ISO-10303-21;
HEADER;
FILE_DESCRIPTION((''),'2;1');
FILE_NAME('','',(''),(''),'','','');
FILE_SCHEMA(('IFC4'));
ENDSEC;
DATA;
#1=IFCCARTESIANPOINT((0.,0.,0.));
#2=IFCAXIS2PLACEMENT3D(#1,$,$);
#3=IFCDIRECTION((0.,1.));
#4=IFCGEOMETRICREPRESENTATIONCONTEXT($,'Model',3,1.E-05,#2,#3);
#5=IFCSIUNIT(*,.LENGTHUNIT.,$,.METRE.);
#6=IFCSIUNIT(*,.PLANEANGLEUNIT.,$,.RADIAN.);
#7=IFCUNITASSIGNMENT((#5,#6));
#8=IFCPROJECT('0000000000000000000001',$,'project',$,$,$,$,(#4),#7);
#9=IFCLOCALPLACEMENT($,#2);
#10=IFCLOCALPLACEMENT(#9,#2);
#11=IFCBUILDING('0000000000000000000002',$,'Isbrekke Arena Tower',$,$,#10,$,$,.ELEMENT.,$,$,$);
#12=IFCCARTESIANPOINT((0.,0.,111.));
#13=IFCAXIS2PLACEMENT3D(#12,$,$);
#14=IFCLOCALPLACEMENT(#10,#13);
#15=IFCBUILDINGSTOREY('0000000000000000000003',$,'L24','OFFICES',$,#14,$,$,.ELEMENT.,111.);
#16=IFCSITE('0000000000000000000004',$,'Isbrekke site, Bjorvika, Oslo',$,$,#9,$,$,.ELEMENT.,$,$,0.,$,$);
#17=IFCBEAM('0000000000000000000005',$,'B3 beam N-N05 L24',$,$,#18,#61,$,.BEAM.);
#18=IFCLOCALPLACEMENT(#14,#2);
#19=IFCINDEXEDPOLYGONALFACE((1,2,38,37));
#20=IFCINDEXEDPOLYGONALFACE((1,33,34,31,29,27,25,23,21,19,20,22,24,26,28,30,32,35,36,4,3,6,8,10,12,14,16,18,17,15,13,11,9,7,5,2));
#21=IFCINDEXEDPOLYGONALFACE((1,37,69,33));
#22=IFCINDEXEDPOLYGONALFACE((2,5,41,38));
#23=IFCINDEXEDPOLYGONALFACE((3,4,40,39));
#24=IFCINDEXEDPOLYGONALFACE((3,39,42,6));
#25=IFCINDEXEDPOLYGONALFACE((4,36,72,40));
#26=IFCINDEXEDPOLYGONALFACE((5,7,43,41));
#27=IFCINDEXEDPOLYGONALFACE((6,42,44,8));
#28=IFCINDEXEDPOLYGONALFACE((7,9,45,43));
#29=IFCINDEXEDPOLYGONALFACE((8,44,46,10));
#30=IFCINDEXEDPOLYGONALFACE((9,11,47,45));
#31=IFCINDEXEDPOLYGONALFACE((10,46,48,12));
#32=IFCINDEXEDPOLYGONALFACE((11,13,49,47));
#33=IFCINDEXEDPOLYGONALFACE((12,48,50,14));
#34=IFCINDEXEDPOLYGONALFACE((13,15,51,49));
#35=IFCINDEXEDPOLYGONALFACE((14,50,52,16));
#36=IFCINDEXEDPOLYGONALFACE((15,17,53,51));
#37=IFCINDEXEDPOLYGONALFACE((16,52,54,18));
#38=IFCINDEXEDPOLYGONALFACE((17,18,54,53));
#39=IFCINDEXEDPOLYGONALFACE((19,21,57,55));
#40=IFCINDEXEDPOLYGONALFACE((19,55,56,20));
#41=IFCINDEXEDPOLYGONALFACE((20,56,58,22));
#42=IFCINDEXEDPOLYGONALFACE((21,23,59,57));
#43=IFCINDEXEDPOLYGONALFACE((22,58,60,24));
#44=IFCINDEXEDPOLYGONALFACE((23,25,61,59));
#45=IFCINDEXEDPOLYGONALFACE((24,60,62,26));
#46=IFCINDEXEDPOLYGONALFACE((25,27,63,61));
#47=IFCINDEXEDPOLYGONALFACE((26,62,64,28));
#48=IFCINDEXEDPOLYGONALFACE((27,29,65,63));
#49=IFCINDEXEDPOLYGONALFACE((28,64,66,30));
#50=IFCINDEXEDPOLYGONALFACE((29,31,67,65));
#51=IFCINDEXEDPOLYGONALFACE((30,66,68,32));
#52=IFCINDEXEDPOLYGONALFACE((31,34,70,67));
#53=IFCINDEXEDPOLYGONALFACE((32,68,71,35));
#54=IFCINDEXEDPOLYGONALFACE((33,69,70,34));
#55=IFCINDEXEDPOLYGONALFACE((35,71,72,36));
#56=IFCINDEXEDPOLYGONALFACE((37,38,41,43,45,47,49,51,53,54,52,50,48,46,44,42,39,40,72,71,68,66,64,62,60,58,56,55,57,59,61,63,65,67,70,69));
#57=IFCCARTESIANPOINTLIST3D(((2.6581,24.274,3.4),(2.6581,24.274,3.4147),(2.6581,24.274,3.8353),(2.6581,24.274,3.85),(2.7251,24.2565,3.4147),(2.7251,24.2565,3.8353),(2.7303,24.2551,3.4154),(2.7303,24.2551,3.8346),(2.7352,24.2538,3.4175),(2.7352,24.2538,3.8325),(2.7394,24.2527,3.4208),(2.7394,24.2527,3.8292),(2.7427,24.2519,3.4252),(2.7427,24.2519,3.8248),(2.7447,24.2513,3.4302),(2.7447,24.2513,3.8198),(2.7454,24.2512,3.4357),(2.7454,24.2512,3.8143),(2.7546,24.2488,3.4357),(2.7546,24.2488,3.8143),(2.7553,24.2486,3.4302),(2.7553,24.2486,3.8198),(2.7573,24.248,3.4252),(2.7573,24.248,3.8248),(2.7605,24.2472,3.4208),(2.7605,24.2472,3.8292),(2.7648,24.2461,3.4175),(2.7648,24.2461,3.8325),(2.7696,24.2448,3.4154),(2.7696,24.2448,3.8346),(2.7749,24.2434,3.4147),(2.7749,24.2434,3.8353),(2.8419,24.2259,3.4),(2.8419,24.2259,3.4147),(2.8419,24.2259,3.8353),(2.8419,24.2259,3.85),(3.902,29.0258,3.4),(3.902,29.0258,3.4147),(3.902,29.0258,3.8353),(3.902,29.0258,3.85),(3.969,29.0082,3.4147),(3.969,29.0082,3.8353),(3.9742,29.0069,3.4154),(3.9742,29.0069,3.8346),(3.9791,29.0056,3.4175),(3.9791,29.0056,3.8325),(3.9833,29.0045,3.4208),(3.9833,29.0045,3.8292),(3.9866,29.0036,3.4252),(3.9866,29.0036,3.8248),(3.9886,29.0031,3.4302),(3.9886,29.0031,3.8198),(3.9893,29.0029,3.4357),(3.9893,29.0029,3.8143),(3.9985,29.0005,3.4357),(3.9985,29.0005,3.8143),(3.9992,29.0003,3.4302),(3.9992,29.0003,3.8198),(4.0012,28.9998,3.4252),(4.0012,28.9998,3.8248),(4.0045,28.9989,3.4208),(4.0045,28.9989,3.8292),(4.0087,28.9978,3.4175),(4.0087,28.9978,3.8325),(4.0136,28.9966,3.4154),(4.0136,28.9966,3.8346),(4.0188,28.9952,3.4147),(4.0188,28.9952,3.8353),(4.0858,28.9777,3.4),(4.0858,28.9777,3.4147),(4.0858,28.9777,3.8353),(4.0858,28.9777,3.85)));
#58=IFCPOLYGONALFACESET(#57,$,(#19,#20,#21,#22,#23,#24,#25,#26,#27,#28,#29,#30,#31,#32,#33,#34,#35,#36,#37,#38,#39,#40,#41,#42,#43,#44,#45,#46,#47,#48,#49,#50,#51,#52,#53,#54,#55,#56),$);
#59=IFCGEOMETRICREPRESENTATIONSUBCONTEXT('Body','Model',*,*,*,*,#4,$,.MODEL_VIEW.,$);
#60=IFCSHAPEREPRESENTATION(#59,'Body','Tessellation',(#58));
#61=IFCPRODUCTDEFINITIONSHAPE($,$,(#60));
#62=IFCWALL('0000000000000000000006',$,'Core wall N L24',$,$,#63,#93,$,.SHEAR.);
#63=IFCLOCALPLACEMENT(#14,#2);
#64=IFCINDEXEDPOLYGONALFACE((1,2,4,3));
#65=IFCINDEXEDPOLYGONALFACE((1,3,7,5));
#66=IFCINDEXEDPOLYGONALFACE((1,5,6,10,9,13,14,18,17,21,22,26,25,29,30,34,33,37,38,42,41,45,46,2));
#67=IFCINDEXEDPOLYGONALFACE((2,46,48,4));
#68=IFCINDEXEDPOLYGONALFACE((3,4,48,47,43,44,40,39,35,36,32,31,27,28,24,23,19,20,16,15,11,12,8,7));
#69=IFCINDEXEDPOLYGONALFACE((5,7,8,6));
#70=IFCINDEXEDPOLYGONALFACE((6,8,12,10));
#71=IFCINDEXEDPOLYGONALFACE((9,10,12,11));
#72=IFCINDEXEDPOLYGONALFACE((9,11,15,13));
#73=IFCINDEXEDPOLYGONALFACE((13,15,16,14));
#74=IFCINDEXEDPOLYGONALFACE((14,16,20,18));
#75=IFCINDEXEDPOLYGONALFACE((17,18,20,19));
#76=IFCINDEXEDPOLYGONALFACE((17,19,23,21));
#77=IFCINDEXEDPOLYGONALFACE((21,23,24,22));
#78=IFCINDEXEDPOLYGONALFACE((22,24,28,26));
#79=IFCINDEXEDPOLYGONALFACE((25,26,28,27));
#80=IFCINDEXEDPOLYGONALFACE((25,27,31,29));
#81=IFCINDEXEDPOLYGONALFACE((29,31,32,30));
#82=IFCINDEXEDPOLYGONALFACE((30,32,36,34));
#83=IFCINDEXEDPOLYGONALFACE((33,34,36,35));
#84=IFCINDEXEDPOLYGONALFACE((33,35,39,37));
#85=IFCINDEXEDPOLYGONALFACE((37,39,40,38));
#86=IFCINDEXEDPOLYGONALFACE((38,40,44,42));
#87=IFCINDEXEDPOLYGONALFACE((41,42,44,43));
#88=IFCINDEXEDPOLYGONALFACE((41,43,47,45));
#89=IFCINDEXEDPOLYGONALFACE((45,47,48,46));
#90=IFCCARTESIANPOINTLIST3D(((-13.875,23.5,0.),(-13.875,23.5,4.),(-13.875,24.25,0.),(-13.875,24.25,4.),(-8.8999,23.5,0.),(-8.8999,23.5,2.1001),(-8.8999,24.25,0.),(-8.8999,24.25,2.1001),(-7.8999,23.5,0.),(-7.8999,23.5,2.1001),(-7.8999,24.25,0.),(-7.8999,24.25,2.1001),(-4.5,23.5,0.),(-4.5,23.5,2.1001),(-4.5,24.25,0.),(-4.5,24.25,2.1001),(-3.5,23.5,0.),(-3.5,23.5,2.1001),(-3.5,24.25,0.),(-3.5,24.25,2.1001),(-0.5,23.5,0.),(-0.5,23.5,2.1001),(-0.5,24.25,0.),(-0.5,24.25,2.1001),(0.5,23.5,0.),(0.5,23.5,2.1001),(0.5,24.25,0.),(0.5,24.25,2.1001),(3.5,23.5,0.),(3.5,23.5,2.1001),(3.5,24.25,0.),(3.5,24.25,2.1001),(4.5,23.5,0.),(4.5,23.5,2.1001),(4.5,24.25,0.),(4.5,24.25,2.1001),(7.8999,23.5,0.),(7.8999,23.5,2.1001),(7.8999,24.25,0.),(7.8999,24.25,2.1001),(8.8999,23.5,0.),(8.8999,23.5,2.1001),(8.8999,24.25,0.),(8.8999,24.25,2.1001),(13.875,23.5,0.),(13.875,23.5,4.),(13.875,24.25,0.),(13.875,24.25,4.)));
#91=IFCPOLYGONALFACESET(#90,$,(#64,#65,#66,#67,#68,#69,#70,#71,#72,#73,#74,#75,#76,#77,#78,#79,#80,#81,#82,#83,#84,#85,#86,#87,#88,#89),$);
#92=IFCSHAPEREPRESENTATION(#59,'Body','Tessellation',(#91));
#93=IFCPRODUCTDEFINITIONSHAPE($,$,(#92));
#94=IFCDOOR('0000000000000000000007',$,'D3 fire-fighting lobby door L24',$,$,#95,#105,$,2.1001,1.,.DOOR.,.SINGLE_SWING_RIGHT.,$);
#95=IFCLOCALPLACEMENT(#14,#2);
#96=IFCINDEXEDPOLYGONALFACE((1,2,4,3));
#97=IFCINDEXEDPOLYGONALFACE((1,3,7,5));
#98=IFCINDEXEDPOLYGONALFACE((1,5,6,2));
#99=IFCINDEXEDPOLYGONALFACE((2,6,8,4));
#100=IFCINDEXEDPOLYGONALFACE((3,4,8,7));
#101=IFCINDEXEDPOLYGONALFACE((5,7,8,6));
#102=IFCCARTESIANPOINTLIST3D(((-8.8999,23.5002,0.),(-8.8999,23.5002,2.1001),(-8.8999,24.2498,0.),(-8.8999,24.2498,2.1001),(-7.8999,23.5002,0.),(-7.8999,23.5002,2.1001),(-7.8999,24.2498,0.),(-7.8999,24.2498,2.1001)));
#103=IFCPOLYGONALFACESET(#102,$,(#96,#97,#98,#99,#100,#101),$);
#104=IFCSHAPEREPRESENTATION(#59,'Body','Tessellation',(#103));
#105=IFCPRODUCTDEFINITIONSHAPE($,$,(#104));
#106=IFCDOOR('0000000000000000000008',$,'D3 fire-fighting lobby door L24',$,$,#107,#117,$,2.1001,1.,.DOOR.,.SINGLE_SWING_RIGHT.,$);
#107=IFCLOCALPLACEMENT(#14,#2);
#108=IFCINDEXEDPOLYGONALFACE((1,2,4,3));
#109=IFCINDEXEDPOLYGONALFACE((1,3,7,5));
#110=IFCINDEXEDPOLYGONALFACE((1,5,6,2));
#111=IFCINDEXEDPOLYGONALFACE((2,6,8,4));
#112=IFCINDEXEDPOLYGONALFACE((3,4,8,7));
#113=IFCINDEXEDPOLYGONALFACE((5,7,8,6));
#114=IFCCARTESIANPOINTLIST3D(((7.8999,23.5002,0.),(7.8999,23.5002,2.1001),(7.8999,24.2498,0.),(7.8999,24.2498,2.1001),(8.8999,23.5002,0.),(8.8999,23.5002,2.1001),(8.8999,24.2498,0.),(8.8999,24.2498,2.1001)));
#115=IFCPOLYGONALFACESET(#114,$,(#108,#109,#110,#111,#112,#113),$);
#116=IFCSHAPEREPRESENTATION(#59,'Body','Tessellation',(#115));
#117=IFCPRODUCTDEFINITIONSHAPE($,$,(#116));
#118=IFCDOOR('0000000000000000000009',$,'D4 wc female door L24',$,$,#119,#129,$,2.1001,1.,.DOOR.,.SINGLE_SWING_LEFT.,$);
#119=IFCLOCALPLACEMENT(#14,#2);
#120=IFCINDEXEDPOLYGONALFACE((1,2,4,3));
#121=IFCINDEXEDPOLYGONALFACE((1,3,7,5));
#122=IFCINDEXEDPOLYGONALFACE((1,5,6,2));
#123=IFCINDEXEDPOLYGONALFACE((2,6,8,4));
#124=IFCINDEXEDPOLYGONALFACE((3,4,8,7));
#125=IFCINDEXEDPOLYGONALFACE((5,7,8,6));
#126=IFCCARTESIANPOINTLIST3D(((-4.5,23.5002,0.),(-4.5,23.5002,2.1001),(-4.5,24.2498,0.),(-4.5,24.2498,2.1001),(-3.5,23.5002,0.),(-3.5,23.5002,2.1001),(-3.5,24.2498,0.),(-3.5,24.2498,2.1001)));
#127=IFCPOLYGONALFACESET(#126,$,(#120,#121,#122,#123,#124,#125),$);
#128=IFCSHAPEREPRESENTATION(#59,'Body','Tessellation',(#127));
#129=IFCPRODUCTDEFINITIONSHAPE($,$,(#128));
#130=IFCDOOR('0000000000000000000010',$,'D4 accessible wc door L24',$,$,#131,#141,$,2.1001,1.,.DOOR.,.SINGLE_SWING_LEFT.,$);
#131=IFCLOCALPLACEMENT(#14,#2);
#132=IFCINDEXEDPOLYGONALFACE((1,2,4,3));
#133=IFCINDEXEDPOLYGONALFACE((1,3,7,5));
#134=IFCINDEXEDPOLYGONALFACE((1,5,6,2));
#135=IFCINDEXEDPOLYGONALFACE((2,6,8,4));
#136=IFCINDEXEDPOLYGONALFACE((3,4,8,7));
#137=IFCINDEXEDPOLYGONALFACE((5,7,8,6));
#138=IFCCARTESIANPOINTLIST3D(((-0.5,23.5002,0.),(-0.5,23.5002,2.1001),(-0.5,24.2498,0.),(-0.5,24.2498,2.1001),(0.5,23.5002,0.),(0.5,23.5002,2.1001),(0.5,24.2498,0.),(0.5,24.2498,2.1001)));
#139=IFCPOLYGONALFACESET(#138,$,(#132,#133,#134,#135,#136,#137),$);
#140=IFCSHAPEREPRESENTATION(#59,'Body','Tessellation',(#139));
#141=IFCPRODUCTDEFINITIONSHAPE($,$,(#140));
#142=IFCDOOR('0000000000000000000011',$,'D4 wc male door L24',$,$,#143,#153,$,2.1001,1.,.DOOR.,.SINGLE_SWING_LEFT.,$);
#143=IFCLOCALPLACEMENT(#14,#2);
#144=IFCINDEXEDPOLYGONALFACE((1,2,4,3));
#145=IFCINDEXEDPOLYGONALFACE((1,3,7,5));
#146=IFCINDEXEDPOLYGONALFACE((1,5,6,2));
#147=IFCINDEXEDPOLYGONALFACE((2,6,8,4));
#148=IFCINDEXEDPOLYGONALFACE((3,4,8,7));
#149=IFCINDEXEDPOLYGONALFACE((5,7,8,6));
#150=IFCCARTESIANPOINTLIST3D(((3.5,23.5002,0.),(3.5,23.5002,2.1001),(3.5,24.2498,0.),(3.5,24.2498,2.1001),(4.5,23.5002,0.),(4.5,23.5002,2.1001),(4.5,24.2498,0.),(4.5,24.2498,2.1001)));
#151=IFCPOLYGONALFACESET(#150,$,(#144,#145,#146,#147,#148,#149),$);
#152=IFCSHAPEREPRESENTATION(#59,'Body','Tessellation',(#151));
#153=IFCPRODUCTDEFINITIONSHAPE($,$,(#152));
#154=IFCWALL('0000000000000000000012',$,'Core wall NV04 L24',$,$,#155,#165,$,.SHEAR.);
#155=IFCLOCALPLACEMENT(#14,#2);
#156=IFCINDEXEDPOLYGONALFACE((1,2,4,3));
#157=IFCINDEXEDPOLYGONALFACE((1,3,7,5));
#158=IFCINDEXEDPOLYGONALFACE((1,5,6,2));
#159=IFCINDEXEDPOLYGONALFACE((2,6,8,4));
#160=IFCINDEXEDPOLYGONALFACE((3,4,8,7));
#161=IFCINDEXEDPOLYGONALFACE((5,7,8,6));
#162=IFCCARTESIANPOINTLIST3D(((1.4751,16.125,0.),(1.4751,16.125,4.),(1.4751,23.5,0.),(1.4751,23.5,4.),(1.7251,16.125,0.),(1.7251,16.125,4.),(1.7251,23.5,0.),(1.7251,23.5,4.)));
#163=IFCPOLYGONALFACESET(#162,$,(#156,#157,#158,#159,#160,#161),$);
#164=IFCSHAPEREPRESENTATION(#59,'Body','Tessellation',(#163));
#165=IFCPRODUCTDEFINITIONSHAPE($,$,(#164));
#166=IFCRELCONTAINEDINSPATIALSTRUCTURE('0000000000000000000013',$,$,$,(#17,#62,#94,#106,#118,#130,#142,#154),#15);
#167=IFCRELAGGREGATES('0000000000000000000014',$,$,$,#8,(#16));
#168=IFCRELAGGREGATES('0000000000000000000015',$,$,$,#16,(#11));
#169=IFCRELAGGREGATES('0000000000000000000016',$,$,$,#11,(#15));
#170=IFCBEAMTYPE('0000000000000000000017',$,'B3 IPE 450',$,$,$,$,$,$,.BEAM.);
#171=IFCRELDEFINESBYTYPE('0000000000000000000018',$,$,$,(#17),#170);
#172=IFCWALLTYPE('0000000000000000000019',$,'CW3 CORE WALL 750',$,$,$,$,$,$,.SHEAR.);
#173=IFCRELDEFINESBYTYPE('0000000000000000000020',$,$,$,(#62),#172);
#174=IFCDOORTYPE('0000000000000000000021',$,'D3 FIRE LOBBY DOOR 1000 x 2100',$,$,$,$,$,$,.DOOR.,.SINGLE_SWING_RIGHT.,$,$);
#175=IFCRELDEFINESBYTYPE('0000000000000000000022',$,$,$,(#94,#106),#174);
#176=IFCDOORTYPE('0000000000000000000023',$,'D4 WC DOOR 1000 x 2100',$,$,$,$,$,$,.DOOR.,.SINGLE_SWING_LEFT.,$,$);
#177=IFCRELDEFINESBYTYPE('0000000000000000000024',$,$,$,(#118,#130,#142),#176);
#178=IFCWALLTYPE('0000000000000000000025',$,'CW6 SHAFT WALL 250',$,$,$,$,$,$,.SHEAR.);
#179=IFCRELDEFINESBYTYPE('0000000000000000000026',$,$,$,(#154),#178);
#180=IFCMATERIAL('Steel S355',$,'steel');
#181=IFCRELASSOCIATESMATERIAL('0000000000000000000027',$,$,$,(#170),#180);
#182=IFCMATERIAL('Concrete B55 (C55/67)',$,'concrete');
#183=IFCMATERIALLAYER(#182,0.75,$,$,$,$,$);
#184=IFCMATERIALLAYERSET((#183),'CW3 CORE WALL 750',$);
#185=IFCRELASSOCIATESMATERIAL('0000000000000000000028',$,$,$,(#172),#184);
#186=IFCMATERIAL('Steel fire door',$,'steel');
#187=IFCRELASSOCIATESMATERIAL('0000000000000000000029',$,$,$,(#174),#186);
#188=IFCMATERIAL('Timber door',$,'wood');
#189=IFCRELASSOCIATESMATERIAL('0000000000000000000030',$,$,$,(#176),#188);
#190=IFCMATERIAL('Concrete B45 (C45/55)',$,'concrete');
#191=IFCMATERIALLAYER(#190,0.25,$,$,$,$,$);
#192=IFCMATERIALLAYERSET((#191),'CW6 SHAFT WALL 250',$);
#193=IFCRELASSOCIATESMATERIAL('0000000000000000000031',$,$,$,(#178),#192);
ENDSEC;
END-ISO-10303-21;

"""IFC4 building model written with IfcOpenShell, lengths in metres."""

from ifc_helpers import new_model, si_unit, direction, frame, frame_2d, origin, origin_2d, place, context, subcontext, project, spatial, rectangle, i_section, extrude, material, layer, layer_set, material_profile, profile_set, type_object, element, fill, save


model = new_model("IFC4")

# Units and contexts
model_context = context("Model", 3, precision=1e-05, world=origin(), true_north=direction((0.0, 1.0)))
body_context = subcontext(model_context, "Body", "Model", "MODEL_VIEW")
ifc_project = project(units=[si_unit("LENGTHUNIT", "METRE"), si_unit("PLANEANGLEUNIT", "RADIAN")], contexts=[model_context])

# Site, building, storey
site_placement = place(None, origin())
site = spatial("IfcSite", under=ifc_project, at=site_placement, Name="Isbrekke site, Bjorvika, Oslo", CompositionType="ELEMENT", RefElevation=0.0)
building_placement = place(site_placement, origin())
building = spatial("IfcBuilding", under=site, at=building_placement, Name="Isbrekke Arena Tower", CompositionType="ELEMENT")
storey_placement = place(building_placement, frame((0.0, 0.0, 111.0)))
storey = spatial("IfcBuildingStorey", under=building, at=storey_placement, Name="L24", Description="OFFICES", CompositionType="ELEMENT", Elevation=111.0)

# Beam
ifc_material_1 = material(Name="Steel S355", Category="steel")
ifc_material_profile = material_profile(ifc_material_1, i_section(OverallWidth=0.1899, OverallDepth=0.45, WebThickness=0.0095, FlangeThickness=0.0146, FilletRadius=0.021, at=origin_2d()), Name="IPE 450")
ifc_profile_set = profile_set([ifc_material_profile], Name="Steel S355")
beam_type = type_object("IfcBeamType", Name="B3 IPE 450", PredefinedType="BEAM", material=ifc_profile_set)
beam_placement = place(storey_placement, frame((3.9939, 29.0017, 3.625), z_axis=(-0.253245, -0.967402, 0.0), x_axis=(0.967402, -0.253245, 0.0)))
element("IfcBeam", 1, at=beam_placement, inside=storey, type_object=beam_type, Name="B3 beam N-N05 L24", PredefinedType="BEAM", context=body_context, shape_type="SweptSolid", body=[
    extrude(i_section(OverallWidth=0.1899, OverallDepth=0.45, WebThickness=0.0095, FlangeThickness=0.0146, FilletRadius=0.021, at=origin_2d()), origin(), (0.0, 0.0, 1.0), 4.9119),
])

# Wall, openings, doors
ifc_material_2 = material(Name="Concrete B55 (C55/67)", Category="concrete")
ifc_layer_1 = layer(ifc_material_2, 0.75)
ifc_layer_set_1 = layer_set([ifc_layer_1], Name="CW3 CORE WALL 750")
wall_type_1 = type_object("IfcWallType", Name="CW3 CORE WALL 750", PredefinedType="SHEAR", material=ifc_layer_set_1)
wall_1_placement = place(storey_placement, frame((13.875, 23.875, 0.0), z_axis=(0.0, 0.0, 1.0), x_axis=(-1.0, 0.0, 0.0)))
wall_1 = element("IfcWall", 2, at=wall_1_placement, inside=storey, type_object=wall_type_1, Name="Core wall N L24", PredefinedType="SHEAR", context=body_context, shape_type="SweptSolid", body=[
    extrude(rectangle(XDim=27.75, YDim=0.75, at=frame_2d((13.875, 0.0))), origin(), (0.0, 0.0, 1.0), 4.0),
])
opening_1_placement = place(wall_1_placement, frame((21.7749, 0.0, 0.0)))
opening_1 = element("IfcOpeningElement", 3, at=opening_1_placement, cuts=wall_1, PredefinedType="OPENING", context=body_context, shape_type="SweptSolid", body=[
    extrude(rectangle(XDim=1.0, YDim=2.1001, at=frame_2d((0.5, 1.05))), frame((0.0, 0.3899, 0.0), z_axis=(0.0, -1.0, 0.0), x_axis=(1.0, 0.0, 0.0)), (0.0, 0.0, 1.0), 0.7798),
])
opening_2_placement = place(wall_1_placement, frame((4.9751, 0.0, 0.0)))
opening_2 = element("IfcOpeningElement", 4, at=opening_2_placement, cuts=wall_1, PredefinedType="OPENING", context=body_context, shape_type="SweptSolid", body=[
    extrude(rectangle(XDim=1.0, YDim=2.1001, at=frame_2d((0.5, 1.05))), frame((0.0, 0.3899, 0.0), z_axis=(0.0, -1.0, 0.0), x_axis=(1.0, 0.0, 0.0)), (0.0, 0.0, 1.0), 0.7798),
])
opening_3_placement = place(wall_1_placement, frame((17.375, 0.0, 0.0)))
opening_3 = element("IfcOpeningElement", 5, at=opening_3_placement, cuts=wall_1, PredefinedType="OPENING", context=body_context, shape_type="SweptSolid", body=[
    extrude(rectangle(XDim=1.0, YDim=2.1001, at=frame_2d((0.5, 1.05))), frame((0.0, 0.3899, 0.0), z_axis=(0.0, -1.0, 0.0), x_axis=(1.0, 0.0, 0.0)), (0.0, 0.0, 1.0), 0.7798),
])
opening_4_placement = place(wall_1_placement, frame((13.375, 0.0, 0.0)))
opening_4 = element("IfcOpeningElement", 6, at=opening_4_placement, cuts=wall_1, PredefinedType="OPENING", context=body_context, shape_type="SweptSolid", body=[
    extrude(rectangle(XDim=1.0, YDim=2.1001, at=frame_2d((0.5, 1.05))), frame((0.0, 0.3899, 0.0), z_axis=(0.0, -1.0, 0.0), x_axis=(1.0, 0.0, 0.0)), (0.0, 0.0, 1.0), 0.7798),
])
opening_5_placement = place(wall_1_placement, frame((9.375, 0.0, 0.0)))
opening_5 = element("IfcOpeningElement", 7, at=opening_5_placement, cuts=wall_1, PredefinedType="OPENING", context=body_context, shape_type="SweptSolid", body=[
    extrude(rectangle(XDim=1.0, YDim=2.1001, at=frame_2d((0.5, 1.05))), frame((0.0, 0.3899, 0.0), z_axis=(0.0, -1.0, 0.0), x_axis=(1.0, 0.0, 0.0)), (0.0, 0.0, 1.0), 0.7798),
])
ifc_material_3 = material(Name="Steel fire door", Category="steel")
door_type_1 = type_object("IfcDoorType", Name="D3 FIRE LOBBY DOOR 1000 x 2100", OperationType="SINGLE_SWING_RIGHT", PredefinedType="DOOR", material=ifc_material_3)
door_1_placement = place(opening_1_placement, origin())
door_1 = element("IfcDoor", 8, at=door_1_placement, inside=storey, type_object=door_type_1, Name="D3 fire-fighting lobby door L24", OperationType="SINGLE_SWING_RIGHT", OverallHeight=2.1001, OverallWidth=1.0, PredefinedType="DOOR", context=body_context, shape_type="SweptSolid", body=[
    extrude(rectangle(XDim=1.0, YDim=2.1001, at=frame_2d((0.5, 1.05))), frame((0.0, 0.3748, 0.0), z_axis=(0.0, -1.0, 0.0), x_axis=(1.0, 0.0, 0.0)), (0.0, 0.0, 1.0), 0.7495),
])
fill(opening_1, door_1)
door_2_placement = place(opening_2_placement, origin())
door_2 = element("IfcDoor", 9, at=door_2_placement, inside=storey, type_object=door_type_1, Name="D3 fire-fighting lobby door L24", OperationType="SINGLE_SWING_RIGHT", OverallHeight=2.1001, OverallWidth=1.0, PredefinedType="DOOR", context=body_context, shape_type="SweptSolid", body=[
    extrude(rectangle(XDim=1.0, YDim=2.1001, at=frame_2d((0.5, 1.05))), frame((0.0, 0.3748, 0.0), z_axis=(0.0, -1.0, 0.0), x_axis=(1.0, 0.0, 0.0)), (0.0, 0.0, 1.0), 0.7495),
])
fill(opening_2, door_2)
ifc_material_4 = material(Name="Timber door", Category="wood")
door_type_2 = type_object("IfcDoorType", Name="D4 WC DOOR 1000 x 2100", OperationType="SINGLE_SWING_LEFT", PredefinedType="DOOR", material=ifc_material_4)
door_3_placement = place(opening_3_placement, origin())
door_3 = element("IfcDoor", 10, at=door_3_placement, inside=storey, type_object=door_type_2, Name="D4 wc female door L24", OperationType="SINGLE_SWING_LEFT", OverallHeight=2.1001, OverallWidth=1.0, PredefinedType="DOOR", context=body_context, shape_type="SweptSolid", body=[
    extrude(rectangle(XDim=1.0, YDim=2.1001, at=frame_2d((0.5, 1.05))), frame((0.0, 0.3748, 0.0), z_axis=(0.0, -1.0, 0.0), x_axis=(1.0, 0.0, 0.0)), (0.0, 0.0, 1.0), 0.7495),
])
fill(opening_3, door_3)
door_4_placement = place(opening_4_placement, origin())
door_4 = element("IfcDoor", 11, at=door_4_placement, inside=storey, type_object=door_type_2, Name="D4 accessible wc door L24", OperationType="SINGLE_SWING_LEFT", OverallHeight=2.1001, OverallWidth=1.0, PredefinedType="DOOR", context=body_context, shape_type="SweptSolid", body=[
    extrude(rectangle(XDim=1.0, YDim=2.1001, at=frame_2d((0.5, 1.05))), frame((0.0, 0.3748, 0.0), z_axis=(0.0, -1.0, 0.0), x_axis=(1.0, 0.0, 0.0)), (0.0, 0.0, 1.0), 0.7495),
])
fill(opening_4, door_4)
door_5_placement = place(opening_5_placement, origin())
door_5 = element("IfcDoor", 12, at=door_5_placement, inside=storey, type_object=door_type_2, Name="D4 wc male door L24", OperationType="SINGLE_SWING_LEFT", OverallHeight=2.1001, OverallWidth=1.0, PredefinedType="DOOR", context=body_context, shape_type="SweptSolid", body=[
    extrude(rectangle(XDim=1.0, YDim=2.1001, at=frame_2d((0.5, 1.05))), frame((0.0, 0.3748, 0.0), z_axis=(0.0, -1.0, 0.0), x_axis=(1.0, 0.0, 0.0)), (0.0, 0.0, 1.0), 0.7495),
])
fill(opening_5, door_5)

# Wall
ifc_material_5 = material(Name="Concrete B45 (C45/55)", Category="concrete")
ifc_layer_2 = layer(ifc_material_5, 0.25)
ifc_layer_set_2 = layer_set([ifc_layer_2], Name="CW6 SHAFT WALL 250")
wall_type_2 = type_object("IfcWallType", Name="CW6 SHAFT WALL 250", PredefinedType="SHEAR", material=ifc_layer_set_2)
for number, where, z_axis, x_axis, name in (
    (13, (1.6001, 16.125, 0.0), (0.0, 0.0, 1.0), (0.0, 1.0, 0.0), "Core wall NV04 L24"),
):
    element("IfcWall", number, at=place(storey_placement, frame(where, z_axis=z_axis, x_axis=x_axis)), inside=storey, type_object=wall_type_2, Name=name, PredefinedType="SHEAR", context=body_context, shape_type="SweptSolid", body=[
        extrude(rectangle(XDim=7.375, YDim=0.25, at=frame_2d((3.6875, 0.0))), origin(), (0.0, 0.0, 1.0), 4.0),
    ])

save(model, "model.ifc")
